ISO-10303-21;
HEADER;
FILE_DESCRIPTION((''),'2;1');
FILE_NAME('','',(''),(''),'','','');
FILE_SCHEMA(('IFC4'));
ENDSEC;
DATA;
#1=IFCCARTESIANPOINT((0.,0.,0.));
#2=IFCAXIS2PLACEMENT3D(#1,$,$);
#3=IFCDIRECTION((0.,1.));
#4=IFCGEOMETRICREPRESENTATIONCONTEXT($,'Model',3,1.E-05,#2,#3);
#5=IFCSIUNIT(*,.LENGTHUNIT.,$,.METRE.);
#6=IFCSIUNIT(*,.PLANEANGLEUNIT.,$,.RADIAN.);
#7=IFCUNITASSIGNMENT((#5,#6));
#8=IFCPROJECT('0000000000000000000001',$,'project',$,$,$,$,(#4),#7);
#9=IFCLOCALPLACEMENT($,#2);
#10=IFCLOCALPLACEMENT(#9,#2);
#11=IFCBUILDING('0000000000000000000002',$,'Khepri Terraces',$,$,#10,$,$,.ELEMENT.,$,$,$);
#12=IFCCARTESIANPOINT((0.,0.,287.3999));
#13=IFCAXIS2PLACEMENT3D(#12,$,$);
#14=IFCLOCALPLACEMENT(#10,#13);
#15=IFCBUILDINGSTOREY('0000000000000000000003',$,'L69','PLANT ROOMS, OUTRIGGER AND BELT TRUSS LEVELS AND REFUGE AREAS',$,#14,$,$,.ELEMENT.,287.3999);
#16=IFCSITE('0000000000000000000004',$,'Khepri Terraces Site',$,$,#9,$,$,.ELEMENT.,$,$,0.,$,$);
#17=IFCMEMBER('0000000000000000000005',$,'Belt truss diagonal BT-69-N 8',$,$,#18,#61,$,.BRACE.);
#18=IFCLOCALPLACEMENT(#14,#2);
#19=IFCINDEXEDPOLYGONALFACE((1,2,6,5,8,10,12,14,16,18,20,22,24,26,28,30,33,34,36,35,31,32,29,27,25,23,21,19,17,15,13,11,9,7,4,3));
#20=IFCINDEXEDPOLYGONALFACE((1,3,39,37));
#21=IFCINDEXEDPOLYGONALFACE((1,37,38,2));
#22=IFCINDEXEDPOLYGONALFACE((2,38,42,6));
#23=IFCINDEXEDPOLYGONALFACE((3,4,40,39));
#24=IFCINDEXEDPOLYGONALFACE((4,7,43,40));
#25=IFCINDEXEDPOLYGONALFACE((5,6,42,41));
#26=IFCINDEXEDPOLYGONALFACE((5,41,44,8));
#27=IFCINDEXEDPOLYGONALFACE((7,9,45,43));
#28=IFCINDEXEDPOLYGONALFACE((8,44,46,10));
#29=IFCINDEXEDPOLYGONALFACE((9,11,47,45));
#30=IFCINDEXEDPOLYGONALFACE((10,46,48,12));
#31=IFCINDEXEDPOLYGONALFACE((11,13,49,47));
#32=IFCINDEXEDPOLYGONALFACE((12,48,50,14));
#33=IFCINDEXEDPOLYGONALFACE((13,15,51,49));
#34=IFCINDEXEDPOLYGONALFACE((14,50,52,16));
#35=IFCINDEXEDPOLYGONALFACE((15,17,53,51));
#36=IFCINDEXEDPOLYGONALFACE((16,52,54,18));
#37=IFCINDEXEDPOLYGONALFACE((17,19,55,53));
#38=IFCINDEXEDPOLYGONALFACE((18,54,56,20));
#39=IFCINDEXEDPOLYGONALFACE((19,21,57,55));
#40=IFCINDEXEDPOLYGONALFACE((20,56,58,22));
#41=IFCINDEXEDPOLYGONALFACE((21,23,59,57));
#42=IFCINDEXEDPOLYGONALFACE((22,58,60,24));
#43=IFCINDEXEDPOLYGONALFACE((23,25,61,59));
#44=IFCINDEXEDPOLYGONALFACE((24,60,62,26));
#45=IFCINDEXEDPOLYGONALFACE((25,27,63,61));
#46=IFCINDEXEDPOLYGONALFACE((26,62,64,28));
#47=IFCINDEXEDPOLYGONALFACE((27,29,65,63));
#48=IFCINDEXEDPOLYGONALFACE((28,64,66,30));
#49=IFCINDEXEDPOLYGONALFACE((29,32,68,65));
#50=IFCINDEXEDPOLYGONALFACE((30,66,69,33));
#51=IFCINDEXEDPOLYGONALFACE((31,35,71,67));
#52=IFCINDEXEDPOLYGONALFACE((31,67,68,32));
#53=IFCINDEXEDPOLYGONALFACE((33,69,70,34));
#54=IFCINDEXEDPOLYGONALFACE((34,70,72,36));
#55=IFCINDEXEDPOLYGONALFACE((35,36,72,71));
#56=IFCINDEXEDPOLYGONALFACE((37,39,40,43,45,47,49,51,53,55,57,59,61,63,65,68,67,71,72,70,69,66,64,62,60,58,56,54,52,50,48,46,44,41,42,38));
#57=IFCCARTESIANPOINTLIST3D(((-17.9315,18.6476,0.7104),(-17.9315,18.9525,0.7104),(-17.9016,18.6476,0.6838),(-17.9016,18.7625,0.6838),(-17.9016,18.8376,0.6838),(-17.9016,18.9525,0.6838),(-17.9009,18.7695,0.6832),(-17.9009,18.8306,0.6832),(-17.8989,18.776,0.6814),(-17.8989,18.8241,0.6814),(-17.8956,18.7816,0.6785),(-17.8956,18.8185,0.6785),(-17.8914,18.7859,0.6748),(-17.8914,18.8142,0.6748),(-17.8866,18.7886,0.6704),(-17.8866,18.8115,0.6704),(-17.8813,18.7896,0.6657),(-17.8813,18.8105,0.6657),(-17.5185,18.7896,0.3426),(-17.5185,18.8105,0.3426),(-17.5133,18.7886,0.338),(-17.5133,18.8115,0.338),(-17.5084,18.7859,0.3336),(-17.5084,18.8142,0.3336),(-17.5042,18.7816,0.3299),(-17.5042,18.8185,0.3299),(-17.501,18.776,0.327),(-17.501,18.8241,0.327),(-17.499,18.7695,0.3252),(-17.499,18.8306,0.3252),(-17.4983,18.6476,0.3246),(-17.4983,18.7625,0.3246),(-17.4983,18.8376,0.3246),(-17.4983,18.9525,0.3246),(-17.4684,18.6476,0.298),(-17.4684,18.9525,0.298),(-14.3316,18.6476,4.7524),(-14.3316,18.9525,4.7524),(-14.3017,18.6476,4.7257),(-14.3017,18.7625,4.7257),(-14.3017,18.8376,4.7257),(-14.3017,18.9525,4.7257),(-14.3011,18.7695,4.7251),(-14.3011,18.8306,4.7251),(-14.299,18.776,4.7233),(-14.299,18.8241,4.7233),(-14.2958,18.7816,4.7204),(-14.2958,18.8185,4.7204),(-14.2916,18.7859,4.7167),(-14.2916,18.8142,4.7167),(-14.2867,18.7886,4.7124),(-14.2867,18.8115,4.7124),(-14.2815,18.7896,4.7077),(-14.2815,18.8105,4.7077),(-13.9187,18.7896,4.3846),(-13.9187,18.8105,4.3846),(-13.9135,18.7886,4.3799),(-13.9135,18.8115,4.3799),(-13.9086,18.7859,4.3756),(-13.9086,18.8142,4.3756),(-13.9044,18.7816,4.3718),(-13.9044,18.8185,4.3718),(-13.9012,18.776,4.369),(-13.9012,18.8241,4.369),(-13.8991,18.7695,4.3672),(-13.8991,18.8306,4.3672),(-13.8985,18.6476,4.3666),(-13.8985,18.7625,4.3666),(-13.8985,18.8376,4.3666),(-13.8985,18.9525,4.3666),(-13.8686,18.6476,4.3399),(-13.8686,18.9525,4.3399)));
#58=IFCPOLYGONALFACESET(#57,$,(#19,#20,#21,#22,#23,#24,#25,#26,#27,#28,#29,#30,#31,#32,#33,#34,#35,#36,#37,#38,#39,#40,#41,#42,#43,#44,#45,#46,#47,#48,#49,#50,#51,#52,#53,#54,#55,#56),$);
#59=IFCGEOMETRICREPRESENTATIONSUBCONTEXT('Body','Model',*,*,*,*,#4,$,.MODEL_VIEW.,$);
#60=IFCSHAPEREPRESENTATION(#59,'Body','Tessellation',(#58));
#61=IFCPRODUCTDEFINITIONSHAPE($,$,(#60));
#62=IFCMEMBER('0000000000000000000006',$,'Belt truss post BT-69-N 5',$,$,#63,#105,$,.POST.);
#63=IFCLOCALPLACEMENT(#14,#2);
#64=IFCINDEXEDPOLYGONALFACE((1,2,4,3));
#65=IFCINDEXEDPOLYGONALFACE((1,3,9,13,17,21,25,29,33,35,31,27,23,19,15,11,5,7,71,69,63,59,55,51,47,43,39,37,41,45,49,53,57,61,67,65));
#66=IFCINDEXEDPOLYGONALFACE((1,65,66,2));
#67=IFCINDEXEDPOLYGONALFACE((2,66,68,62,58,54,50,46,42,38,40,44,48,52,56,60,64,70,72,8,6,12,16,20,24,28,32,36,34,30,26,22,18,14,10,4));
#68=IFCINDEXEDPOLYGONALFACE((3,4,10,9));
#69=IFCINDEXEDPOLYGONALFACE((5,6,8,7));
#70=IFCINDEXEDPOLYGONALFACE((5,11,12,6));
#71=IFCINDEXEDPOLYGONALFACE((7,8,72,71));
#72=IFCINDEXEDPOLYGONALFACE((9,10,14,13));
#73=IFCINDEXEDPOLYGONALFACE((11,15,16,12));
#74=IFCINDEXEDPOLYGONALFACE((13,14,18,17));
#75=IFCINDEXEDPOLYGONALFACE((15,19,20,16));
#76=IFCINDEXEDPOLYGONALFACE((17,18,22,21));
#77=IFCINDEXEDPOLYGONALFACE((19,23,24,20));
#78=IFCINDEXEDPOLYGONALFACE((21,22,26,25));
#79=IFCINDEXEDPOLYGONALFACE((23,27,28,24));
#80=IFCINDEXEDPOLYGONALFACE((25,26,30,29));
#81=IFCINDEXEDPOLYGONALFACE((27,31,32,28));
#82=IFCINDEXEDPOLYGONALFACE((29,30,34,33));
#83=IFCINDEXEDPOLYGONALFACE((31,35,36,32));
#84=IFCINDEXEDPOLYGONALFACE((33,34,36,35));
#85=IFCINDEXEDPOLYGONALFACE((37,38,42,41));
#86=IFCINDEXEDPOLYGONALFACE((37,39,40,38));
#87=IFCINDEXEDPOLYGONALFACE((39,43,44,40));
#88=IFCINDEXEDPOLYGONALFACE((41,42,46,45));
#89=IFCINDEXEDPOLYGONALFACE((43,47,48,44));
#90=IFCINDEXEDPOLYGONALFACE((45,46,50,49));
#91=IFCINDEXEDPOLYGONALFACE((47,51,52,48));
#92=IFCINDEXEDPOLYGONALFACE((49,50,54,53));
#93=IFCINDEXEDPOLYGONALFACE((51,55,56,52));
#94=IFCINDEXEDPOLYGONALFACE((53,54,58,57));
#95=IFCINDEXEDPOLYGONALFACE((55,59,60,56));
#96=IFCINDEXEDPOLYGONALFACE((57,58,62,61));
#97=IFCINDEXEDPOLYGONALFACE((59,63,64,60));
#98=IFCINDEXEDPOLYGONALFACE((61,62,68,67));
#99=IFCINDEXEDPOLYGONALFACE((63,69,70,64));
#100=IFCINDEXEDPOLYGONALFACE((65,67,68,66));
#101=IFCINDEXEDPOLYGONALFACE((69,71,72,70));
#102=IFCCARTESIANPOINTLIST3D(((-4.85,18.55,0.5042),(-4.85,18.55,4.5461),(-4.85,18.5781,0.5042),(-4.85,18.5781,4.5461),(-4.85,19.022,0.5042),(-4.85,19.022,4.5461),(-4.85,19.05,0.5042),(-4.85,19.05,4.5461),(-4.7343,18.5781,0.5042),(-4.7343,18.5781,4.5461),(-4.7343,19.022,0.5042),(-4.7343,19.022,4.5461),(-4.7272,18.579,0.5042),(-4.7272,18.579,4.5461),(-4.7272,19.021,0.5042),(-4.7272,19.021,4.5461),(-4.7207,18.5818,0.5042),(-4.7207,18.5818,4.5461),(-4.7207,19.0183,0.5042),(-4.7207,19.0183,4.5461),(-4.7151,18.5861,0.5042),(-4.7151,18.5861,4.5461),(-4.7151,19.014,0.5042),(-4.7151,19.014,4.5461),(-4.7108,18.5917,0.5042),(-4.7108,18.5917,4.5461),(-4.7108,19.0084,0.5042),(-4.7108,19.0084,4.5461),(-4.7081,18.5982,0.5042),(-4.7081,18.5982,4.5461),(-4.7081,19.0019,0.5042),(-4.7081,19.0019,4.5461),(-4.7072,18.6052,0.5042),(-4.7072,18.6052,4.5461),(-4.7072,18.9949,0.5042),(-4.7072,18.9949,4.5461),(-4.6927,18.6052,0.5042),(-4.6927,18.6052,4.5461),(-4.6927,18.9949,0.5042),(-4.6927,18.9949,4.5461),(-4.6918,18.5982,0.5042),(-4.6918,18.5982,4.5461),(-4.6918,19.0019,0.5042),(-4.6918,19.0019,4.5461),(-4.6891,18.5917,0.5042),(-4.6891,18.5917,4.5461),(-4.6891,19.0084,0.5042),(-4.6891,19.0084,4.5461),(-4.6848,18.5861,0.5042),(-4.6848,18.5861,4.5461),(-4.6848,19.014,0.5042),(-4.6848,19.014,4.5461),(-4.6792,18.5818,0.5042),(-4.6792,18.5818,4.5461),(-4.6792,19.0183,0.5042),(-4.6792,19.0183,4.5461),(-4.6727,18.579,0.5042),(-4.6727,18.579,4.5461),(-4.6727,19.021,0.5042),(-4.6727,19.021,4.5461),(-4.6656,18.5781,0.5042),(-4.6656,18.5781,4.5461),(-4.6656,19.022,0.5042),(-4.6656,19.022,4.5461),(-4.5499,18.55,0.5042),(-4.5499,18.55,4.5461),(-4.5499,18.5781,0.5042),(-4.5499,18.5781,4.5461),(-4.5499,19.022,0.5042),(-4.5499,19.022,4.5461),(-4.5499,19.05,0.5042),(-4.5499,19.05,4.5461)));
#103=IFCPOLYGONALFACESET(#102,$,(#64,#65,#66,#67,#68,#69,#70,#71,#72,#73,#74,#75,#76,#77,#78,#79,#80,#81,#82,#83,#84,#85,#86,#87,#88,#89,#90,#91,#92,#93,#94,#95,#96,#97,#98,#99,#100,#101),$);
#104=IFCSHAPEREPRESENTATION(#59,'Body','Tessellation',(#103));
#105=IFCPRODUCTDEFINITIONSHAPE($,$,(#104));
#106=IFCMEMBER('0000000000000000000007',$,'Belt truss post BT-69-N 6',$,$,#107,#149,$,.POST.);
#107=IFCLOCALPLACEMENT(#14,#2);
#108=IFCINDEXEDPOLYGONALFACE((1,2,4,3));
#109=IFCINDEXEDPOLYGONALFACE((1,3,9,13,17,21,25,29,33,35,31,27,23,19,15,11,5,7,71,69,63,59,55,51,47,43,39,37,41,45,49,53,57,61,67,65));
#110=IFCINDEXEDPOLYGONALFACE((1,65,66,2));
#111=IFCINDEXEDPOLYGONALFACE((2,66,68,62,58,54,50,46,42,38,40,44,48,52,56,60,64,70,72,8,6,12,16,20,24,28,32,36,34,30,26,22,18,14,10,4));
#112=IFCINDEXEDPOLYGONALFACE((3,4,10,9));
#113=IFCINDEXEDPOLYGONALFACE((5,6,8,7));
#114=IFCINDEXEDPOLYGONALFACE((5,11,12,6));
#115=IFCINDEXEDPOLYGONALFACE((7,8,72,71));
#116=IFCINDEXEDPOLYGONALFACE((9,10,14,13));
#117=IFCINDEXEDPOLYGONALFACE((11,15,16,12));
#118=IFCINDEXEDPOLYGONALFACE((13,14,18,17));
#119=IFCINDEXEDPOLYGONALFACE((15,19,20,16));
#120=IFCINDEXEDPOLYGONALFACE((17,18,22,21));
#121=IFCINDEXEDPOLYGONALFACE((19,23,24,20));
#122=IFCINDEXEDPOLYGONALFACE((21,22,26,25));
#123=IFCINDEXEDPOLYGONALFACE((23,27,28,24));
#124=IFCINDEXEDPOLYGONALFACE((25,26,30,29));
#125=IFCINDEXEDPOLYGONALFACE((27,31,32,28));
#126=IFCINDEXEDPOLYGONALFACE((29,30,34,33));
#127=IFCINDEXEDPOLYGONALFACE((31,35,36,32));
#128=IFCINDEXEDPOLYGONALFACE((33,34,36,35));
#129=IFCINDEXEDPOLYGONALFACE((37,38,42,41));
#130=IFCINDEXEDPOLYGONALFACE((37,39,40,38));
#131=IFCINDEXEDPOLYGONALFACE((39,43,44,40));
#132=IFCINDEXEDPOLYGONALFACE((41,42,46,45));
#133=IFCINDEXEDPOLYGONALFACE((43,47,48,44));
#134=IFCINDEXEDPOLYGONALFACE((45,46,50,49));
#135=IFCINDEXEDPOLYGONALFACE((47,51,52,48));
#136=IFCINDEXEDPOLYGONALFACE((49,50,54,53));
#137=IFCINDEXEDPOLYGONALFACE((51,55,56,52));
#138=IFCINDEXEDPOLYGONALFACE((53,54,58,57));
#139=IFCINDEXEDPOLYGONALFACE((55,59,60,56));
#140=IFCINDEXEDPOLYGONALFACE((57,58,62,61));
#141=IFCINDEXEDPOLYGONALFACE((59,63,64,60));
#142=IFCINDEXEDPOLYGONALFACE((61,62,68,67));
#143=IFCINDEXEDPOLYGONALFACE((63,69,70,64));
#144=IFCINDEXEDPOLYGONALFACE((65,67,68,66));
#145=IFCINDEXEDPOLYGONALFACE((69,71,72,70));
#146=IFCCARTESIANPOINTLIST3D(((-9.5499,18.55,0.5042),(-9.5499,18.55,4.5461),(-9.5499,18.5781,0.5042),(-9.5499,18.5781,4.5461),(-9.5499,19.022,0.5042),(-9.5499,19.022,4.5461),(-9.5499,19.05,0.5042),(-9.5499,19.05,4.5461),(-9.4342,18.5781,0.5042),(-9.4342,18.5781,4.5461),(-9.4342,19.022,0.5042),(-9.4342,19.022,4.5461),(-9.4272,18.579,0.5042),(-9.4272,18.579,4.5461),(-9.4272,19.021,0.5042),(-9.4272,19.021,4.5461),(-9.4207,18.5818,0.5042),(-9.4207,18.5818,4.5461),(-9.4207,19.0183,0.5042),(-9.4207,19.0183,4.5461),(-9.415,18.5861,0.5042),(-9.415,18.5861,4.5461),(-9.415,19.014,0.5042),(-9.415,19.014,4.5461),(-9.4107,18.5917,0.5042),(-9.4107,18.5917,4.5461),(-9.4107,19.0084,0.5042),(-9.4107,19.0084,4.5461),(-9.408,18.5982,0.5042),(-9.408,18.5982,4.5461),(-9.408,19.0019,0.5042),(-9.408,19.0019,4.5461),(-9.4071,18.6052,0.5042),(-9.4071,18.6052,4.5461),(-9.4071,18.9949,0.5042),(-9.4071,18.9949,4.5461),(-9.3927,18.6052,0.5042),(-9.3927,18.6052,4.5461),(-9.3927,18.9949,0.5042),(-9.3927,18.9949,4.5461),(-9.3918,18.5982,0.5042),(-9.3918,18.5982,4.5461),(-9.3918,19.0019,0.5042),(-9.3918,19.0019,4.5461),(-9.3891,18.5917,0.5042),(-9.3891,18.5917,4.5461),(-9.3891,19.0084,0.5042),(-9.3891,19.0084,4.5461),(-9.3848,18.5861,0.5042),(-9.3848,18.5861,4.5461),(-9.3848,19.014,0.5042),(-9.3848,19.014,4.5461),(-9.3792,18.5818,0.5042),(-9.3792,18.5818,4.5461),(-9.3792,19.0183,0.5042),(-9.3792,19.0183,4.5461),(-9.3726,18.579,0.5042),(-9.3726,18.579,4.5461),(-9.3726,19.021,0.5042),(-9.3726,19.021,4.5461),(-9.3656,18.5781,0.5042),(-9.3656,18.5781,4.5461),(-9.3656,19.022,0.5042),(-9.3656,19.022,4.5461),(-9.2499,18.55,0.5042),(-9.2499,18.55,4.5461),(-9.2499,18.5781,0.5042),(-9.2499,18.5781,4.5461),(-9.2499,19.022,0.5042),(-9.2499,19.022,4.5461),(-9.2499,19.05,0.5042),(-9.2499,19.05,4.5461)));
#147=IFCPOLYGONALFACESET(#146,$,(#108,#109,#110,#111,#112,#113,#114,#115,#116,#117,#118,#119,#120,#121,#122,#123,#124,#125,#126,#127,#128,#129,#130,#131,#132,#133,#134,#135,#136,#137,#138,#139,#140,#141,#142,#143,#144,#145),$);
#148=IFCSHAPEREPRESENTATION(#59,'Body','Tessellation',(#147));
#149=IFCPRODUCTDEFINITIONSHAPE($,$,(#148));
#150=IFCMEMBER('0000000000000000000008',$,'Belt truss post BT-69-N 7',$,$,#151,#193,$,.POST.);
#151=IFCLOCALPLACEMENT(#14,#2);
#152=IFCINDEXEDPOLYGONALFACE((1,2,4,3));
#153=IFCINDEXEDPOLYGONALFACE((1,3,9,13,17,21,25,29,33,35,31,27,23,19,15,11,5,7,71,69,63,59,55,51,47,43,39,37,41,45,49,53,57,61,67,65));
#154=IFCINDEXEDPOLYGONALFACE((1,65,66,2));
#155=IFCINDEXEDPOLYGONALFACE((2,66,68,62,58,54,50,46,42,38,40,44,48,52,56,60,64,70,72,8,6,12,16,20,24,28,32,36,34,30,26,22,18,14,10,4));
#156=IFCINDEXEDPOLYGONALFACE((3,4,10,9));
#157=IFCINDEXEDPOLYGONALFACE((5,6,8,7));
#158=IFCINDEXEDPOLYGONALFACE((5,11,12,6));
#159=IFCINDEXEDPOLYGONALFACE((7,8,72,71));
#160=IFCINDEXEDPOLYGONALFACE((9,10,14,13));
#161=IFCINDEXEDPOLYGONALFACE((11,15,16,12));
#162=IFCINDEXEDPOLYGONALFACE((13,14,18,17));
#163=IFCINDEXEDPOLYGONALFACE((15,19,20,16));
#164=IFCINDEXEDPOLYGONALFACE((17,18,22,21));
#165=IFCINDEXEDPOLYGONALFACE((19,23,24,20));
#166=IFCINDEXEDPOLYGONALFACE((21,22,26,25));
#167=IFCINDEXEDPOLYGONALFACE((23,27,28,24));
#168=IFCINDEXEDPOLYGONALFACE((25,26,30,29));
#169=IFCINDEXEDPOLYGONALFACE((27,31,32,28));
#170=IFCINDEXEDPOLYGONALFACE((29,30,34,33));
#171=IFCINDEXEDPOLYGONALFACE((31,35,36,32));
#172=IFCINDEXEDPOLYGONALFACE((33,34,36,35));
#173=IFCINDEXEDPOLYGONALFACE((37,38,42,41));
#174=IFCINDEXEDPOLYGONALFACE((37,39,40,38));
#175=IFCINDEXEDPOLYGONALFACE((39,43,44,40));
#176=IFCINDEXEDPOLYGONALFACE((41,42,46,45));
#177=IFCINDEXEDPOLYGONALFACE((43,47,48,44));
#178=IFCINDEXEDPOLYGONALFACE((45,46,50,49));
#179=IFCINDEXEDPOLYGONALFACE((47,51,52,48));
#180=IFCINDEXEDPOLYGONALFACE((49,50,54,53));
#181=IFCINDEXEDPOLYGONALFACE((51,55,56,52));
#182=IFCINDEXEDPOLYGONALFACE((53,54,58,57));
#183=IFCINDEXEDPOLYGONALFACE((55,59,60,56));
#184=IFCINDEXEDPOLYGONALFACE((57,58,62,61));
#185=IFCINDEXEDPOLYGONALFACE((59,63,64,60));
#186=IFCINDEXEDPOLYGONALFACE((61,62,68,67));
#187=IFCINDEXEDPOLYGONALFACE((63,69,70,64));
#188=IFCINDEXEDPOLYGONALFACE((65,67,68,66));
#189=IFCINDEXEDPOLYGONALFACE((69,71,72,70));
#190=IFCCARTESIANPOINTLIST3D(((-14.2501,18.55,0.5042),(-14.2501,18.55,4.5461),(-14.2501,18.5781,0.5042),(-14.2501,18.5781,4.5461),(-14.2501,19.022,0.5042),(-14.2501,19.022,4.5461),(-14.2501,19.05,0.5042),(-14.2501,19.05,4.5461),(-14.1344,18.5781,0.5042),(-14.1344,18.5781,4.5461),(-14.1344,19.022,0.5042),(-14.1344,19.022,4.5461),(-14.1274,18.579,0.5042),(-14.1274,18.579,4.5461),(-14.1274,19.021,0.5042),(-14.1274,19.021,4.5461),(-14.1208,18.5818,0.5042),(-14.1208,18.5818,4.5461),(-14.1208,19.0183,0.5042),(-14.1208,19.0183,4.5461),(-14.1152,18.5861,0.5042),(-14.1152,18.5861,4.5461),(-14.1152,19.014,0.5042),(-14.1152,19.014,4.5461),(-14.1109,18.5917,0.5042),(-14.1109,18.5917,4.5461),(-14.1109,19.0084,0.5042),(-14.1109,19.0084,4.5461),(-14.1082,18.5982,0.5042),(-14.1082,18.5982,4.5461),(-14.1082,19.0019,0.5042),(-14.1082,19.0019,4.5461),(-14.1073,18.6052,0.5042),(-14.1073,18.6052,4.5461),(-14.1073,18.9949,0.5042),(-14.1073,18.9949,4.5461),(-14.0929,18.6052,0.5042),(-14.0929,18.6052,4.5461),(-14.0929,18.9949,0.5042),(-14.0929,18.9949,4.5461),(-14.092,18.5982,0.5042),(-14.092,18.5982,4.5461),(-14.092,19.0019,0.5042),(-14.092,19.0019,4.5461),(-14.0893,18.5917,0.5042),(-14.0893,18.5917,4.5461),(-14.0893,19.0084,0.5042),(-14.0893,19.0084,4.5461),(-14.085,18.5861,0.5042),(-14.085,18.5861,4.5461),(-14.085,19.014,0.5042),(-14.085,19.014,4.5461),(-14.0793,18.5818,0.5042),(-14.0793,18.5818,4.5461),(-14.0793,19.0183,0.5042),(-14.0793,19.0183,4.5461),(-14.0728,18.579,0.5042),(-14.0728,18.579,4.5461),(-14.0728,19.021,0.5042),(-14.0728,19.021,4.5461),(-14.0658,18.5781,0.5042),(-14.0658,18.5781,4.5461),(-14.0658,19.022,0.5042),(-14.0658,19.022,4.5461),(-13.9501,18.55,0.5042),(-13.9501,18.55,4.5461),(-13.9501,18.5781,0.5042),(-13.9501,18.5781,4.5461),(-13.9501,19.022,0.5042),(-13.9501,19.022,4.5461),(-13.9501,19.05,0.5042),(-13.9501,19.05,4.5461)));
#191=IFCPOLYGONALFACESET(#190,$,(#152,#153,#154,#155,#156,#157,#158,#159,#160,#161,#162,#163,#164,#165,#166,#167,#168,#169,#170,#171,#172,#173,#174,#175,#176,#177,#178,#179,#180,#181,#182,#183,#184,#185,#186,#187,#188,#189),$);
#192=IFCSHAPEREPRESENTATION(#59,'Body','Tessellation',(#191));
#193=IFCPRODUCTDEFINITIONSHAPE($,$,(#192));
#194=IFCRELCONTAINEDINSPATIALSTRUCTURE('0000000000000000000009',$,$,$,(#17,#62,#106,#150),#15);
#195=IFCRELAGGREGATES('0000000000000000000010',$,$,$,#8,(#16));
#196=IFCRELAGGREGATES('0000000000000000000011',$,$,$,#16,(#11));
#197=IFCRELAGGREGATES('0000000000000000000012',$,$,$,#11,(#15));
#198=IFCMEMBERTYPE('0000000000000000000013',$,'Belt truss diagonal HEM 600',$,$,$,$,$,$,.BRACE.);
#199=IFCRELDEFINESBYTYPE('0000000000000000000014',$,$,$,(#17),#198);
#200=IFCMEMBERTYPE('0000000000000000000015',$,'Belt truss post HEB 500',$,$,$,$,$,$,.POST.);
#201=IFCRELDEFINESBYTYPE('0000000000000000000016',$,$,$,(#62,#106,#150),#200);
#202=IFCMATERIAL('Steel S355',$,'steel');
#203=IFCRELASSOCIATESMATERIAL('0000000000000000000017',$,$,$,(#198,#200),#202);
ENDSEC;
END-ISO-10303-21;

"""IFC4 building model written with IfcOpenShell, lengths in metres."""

from ifc_helpers import new_model, si_unit, direction, frame, origin, origin_2d, place, context, subcontext, project, spatial, i_section, extrude, material, material_profile, profile_set, type_object, element, save


model = new_model("IFC4")

# Units and contexts
model_context = context("Model", 3, precision=1e-05, world=origin(), true_north=direction((0.0, 1.0)))
body_context = subcontext(model_context, "Body", "Model", "MODEL_VIEW")
ifc_project = project(units=[si_unit("LENGTHUNIT", "METRE"), si_unit("PLANEANGLEUNIT", "RADIAN")], contexts=[model_context])

# Site, building, storey
site_placement = place(None, origin())
site = spatial("IfcSite", under=ifc_project, at=site_placement, Name="Khepri Terraces Site", CompositionType="ELEMENT", RefElevation=0.0)
building_placement = place(site_placement, origin())
building = spatial("IfcBuilding", under=site, at=building_placement, Name="Khepri Terraces", CompositionType="ELEMENT")
storey_placement = place(building_placement, frame((0.0, 0.0, 287.3999)))
storey = spatial("IfcBuildingStorey", under=building, at=storey_placement, Name="L69", Description="PLANT ROOMS, OUTRIGGER AND BELT TRUSS LEVELS AND REFUGE AREAS", CompositionType="ELEMENT", Elevation=287.3999)

# Members
ifc_material_1 = material(Name="Steel S355", Category="steel")
ifc_material_profile_1 = material_profile(ifc_material_1, i_section(OverallWidth=0.3049, OverallDepth=0.6201, WebThickness=0.021, FlangeThickness=0.04, FilletRadius=0.0271, at=origin_2d()), Name="Steel S355", Category="steel")
ifc_profile_set_1 = profile_set([ifc_material_profile_1], Name="Steel S355")
member_type_1 = type_object("IfcMemberType", Name="Belt truss diagonal HEM 600", PredefinedType="BRACE", material=ifc_profile_set_1)
member_1_placement = place(storey_placement, frame((-14.1001, 18.8, 4.5461), z_axis=(-0.665083, 0.0, -0.746769), x_axis=(0.0, -1.0, 0.0)))
element("IfcMember", 1, at=member_1_placement, inside=storey, type_object=member_type_1, Name="Belt truss diagonal BT-69-N 8", PredefinedType="BRACE", context=body_context, shape_type="SweptSolid", body=[
    extrude(i_section(OverallWidth=0.3049, OverallDepth=0.6201, WebThickness=0.021, FlangeThickness=0.04, FilletRadius=0.0271, at=origin_2d()), origin(), (0.0, 0.0, 1.0), 5.4126),
])
ifc_material_profile_2 = material_profile(ifc_material_1, i_section(OverallWidth=0.3, OverallDepth=0.5, WebThickness=0.0144, FlangeThickness=0.0281, FilletRadius=0.0271, at=origin_2d()), Name="Steel S355", Category="steel")
ifc_profile_set_2 = profile_set([ifc_material_profile_2], Name="Steel S355")
member_type_2 = type_object("IfcMemberType", Name="Belt truss post HEB 500", PredefinedType="POST", material=ifc_profile_set_2)
for number, where, z_axis, x_axis, name in (
    (2, (-4.7, 18.8, 0.5042), (0.0, 0.0, 1.0), (1.0, 0.0, 0.0), "Belt truss post BT-69-N 5"),
    (3, (-9.3999, 18.8, 0.5042), (0.0, 0.0, 1.0), (1.0, 0.0, 0.0), "Belt truss post BT-69-N 6"),
    (4, (-14.1001, 18.8, 0.5042), (0.0, 0.0, 1.0), (1.0, 0.0, 0.0), "Belt truss post BT-69-N 7"),
):
    element("IfcMember", number, at=place(storey_placement, frame(where, z_axis=z_axis, x_axis=x_axis)), inside=storey, type_object=member_type_2, Name=name, PredefinedType="POST", context=body_context, shape_type="SweptSolid", body=[
        extrude(i_section(OverallWidth=0.3, OverallDepth=0.5, WebThickness=0.0144, FlangeThickness=0.0281, FilletRadius=0.0271, at=origin_2d()), origin(), (0.0, 0.0, 1.0), 4.042),
    ])

save(model, "model.ifc")
